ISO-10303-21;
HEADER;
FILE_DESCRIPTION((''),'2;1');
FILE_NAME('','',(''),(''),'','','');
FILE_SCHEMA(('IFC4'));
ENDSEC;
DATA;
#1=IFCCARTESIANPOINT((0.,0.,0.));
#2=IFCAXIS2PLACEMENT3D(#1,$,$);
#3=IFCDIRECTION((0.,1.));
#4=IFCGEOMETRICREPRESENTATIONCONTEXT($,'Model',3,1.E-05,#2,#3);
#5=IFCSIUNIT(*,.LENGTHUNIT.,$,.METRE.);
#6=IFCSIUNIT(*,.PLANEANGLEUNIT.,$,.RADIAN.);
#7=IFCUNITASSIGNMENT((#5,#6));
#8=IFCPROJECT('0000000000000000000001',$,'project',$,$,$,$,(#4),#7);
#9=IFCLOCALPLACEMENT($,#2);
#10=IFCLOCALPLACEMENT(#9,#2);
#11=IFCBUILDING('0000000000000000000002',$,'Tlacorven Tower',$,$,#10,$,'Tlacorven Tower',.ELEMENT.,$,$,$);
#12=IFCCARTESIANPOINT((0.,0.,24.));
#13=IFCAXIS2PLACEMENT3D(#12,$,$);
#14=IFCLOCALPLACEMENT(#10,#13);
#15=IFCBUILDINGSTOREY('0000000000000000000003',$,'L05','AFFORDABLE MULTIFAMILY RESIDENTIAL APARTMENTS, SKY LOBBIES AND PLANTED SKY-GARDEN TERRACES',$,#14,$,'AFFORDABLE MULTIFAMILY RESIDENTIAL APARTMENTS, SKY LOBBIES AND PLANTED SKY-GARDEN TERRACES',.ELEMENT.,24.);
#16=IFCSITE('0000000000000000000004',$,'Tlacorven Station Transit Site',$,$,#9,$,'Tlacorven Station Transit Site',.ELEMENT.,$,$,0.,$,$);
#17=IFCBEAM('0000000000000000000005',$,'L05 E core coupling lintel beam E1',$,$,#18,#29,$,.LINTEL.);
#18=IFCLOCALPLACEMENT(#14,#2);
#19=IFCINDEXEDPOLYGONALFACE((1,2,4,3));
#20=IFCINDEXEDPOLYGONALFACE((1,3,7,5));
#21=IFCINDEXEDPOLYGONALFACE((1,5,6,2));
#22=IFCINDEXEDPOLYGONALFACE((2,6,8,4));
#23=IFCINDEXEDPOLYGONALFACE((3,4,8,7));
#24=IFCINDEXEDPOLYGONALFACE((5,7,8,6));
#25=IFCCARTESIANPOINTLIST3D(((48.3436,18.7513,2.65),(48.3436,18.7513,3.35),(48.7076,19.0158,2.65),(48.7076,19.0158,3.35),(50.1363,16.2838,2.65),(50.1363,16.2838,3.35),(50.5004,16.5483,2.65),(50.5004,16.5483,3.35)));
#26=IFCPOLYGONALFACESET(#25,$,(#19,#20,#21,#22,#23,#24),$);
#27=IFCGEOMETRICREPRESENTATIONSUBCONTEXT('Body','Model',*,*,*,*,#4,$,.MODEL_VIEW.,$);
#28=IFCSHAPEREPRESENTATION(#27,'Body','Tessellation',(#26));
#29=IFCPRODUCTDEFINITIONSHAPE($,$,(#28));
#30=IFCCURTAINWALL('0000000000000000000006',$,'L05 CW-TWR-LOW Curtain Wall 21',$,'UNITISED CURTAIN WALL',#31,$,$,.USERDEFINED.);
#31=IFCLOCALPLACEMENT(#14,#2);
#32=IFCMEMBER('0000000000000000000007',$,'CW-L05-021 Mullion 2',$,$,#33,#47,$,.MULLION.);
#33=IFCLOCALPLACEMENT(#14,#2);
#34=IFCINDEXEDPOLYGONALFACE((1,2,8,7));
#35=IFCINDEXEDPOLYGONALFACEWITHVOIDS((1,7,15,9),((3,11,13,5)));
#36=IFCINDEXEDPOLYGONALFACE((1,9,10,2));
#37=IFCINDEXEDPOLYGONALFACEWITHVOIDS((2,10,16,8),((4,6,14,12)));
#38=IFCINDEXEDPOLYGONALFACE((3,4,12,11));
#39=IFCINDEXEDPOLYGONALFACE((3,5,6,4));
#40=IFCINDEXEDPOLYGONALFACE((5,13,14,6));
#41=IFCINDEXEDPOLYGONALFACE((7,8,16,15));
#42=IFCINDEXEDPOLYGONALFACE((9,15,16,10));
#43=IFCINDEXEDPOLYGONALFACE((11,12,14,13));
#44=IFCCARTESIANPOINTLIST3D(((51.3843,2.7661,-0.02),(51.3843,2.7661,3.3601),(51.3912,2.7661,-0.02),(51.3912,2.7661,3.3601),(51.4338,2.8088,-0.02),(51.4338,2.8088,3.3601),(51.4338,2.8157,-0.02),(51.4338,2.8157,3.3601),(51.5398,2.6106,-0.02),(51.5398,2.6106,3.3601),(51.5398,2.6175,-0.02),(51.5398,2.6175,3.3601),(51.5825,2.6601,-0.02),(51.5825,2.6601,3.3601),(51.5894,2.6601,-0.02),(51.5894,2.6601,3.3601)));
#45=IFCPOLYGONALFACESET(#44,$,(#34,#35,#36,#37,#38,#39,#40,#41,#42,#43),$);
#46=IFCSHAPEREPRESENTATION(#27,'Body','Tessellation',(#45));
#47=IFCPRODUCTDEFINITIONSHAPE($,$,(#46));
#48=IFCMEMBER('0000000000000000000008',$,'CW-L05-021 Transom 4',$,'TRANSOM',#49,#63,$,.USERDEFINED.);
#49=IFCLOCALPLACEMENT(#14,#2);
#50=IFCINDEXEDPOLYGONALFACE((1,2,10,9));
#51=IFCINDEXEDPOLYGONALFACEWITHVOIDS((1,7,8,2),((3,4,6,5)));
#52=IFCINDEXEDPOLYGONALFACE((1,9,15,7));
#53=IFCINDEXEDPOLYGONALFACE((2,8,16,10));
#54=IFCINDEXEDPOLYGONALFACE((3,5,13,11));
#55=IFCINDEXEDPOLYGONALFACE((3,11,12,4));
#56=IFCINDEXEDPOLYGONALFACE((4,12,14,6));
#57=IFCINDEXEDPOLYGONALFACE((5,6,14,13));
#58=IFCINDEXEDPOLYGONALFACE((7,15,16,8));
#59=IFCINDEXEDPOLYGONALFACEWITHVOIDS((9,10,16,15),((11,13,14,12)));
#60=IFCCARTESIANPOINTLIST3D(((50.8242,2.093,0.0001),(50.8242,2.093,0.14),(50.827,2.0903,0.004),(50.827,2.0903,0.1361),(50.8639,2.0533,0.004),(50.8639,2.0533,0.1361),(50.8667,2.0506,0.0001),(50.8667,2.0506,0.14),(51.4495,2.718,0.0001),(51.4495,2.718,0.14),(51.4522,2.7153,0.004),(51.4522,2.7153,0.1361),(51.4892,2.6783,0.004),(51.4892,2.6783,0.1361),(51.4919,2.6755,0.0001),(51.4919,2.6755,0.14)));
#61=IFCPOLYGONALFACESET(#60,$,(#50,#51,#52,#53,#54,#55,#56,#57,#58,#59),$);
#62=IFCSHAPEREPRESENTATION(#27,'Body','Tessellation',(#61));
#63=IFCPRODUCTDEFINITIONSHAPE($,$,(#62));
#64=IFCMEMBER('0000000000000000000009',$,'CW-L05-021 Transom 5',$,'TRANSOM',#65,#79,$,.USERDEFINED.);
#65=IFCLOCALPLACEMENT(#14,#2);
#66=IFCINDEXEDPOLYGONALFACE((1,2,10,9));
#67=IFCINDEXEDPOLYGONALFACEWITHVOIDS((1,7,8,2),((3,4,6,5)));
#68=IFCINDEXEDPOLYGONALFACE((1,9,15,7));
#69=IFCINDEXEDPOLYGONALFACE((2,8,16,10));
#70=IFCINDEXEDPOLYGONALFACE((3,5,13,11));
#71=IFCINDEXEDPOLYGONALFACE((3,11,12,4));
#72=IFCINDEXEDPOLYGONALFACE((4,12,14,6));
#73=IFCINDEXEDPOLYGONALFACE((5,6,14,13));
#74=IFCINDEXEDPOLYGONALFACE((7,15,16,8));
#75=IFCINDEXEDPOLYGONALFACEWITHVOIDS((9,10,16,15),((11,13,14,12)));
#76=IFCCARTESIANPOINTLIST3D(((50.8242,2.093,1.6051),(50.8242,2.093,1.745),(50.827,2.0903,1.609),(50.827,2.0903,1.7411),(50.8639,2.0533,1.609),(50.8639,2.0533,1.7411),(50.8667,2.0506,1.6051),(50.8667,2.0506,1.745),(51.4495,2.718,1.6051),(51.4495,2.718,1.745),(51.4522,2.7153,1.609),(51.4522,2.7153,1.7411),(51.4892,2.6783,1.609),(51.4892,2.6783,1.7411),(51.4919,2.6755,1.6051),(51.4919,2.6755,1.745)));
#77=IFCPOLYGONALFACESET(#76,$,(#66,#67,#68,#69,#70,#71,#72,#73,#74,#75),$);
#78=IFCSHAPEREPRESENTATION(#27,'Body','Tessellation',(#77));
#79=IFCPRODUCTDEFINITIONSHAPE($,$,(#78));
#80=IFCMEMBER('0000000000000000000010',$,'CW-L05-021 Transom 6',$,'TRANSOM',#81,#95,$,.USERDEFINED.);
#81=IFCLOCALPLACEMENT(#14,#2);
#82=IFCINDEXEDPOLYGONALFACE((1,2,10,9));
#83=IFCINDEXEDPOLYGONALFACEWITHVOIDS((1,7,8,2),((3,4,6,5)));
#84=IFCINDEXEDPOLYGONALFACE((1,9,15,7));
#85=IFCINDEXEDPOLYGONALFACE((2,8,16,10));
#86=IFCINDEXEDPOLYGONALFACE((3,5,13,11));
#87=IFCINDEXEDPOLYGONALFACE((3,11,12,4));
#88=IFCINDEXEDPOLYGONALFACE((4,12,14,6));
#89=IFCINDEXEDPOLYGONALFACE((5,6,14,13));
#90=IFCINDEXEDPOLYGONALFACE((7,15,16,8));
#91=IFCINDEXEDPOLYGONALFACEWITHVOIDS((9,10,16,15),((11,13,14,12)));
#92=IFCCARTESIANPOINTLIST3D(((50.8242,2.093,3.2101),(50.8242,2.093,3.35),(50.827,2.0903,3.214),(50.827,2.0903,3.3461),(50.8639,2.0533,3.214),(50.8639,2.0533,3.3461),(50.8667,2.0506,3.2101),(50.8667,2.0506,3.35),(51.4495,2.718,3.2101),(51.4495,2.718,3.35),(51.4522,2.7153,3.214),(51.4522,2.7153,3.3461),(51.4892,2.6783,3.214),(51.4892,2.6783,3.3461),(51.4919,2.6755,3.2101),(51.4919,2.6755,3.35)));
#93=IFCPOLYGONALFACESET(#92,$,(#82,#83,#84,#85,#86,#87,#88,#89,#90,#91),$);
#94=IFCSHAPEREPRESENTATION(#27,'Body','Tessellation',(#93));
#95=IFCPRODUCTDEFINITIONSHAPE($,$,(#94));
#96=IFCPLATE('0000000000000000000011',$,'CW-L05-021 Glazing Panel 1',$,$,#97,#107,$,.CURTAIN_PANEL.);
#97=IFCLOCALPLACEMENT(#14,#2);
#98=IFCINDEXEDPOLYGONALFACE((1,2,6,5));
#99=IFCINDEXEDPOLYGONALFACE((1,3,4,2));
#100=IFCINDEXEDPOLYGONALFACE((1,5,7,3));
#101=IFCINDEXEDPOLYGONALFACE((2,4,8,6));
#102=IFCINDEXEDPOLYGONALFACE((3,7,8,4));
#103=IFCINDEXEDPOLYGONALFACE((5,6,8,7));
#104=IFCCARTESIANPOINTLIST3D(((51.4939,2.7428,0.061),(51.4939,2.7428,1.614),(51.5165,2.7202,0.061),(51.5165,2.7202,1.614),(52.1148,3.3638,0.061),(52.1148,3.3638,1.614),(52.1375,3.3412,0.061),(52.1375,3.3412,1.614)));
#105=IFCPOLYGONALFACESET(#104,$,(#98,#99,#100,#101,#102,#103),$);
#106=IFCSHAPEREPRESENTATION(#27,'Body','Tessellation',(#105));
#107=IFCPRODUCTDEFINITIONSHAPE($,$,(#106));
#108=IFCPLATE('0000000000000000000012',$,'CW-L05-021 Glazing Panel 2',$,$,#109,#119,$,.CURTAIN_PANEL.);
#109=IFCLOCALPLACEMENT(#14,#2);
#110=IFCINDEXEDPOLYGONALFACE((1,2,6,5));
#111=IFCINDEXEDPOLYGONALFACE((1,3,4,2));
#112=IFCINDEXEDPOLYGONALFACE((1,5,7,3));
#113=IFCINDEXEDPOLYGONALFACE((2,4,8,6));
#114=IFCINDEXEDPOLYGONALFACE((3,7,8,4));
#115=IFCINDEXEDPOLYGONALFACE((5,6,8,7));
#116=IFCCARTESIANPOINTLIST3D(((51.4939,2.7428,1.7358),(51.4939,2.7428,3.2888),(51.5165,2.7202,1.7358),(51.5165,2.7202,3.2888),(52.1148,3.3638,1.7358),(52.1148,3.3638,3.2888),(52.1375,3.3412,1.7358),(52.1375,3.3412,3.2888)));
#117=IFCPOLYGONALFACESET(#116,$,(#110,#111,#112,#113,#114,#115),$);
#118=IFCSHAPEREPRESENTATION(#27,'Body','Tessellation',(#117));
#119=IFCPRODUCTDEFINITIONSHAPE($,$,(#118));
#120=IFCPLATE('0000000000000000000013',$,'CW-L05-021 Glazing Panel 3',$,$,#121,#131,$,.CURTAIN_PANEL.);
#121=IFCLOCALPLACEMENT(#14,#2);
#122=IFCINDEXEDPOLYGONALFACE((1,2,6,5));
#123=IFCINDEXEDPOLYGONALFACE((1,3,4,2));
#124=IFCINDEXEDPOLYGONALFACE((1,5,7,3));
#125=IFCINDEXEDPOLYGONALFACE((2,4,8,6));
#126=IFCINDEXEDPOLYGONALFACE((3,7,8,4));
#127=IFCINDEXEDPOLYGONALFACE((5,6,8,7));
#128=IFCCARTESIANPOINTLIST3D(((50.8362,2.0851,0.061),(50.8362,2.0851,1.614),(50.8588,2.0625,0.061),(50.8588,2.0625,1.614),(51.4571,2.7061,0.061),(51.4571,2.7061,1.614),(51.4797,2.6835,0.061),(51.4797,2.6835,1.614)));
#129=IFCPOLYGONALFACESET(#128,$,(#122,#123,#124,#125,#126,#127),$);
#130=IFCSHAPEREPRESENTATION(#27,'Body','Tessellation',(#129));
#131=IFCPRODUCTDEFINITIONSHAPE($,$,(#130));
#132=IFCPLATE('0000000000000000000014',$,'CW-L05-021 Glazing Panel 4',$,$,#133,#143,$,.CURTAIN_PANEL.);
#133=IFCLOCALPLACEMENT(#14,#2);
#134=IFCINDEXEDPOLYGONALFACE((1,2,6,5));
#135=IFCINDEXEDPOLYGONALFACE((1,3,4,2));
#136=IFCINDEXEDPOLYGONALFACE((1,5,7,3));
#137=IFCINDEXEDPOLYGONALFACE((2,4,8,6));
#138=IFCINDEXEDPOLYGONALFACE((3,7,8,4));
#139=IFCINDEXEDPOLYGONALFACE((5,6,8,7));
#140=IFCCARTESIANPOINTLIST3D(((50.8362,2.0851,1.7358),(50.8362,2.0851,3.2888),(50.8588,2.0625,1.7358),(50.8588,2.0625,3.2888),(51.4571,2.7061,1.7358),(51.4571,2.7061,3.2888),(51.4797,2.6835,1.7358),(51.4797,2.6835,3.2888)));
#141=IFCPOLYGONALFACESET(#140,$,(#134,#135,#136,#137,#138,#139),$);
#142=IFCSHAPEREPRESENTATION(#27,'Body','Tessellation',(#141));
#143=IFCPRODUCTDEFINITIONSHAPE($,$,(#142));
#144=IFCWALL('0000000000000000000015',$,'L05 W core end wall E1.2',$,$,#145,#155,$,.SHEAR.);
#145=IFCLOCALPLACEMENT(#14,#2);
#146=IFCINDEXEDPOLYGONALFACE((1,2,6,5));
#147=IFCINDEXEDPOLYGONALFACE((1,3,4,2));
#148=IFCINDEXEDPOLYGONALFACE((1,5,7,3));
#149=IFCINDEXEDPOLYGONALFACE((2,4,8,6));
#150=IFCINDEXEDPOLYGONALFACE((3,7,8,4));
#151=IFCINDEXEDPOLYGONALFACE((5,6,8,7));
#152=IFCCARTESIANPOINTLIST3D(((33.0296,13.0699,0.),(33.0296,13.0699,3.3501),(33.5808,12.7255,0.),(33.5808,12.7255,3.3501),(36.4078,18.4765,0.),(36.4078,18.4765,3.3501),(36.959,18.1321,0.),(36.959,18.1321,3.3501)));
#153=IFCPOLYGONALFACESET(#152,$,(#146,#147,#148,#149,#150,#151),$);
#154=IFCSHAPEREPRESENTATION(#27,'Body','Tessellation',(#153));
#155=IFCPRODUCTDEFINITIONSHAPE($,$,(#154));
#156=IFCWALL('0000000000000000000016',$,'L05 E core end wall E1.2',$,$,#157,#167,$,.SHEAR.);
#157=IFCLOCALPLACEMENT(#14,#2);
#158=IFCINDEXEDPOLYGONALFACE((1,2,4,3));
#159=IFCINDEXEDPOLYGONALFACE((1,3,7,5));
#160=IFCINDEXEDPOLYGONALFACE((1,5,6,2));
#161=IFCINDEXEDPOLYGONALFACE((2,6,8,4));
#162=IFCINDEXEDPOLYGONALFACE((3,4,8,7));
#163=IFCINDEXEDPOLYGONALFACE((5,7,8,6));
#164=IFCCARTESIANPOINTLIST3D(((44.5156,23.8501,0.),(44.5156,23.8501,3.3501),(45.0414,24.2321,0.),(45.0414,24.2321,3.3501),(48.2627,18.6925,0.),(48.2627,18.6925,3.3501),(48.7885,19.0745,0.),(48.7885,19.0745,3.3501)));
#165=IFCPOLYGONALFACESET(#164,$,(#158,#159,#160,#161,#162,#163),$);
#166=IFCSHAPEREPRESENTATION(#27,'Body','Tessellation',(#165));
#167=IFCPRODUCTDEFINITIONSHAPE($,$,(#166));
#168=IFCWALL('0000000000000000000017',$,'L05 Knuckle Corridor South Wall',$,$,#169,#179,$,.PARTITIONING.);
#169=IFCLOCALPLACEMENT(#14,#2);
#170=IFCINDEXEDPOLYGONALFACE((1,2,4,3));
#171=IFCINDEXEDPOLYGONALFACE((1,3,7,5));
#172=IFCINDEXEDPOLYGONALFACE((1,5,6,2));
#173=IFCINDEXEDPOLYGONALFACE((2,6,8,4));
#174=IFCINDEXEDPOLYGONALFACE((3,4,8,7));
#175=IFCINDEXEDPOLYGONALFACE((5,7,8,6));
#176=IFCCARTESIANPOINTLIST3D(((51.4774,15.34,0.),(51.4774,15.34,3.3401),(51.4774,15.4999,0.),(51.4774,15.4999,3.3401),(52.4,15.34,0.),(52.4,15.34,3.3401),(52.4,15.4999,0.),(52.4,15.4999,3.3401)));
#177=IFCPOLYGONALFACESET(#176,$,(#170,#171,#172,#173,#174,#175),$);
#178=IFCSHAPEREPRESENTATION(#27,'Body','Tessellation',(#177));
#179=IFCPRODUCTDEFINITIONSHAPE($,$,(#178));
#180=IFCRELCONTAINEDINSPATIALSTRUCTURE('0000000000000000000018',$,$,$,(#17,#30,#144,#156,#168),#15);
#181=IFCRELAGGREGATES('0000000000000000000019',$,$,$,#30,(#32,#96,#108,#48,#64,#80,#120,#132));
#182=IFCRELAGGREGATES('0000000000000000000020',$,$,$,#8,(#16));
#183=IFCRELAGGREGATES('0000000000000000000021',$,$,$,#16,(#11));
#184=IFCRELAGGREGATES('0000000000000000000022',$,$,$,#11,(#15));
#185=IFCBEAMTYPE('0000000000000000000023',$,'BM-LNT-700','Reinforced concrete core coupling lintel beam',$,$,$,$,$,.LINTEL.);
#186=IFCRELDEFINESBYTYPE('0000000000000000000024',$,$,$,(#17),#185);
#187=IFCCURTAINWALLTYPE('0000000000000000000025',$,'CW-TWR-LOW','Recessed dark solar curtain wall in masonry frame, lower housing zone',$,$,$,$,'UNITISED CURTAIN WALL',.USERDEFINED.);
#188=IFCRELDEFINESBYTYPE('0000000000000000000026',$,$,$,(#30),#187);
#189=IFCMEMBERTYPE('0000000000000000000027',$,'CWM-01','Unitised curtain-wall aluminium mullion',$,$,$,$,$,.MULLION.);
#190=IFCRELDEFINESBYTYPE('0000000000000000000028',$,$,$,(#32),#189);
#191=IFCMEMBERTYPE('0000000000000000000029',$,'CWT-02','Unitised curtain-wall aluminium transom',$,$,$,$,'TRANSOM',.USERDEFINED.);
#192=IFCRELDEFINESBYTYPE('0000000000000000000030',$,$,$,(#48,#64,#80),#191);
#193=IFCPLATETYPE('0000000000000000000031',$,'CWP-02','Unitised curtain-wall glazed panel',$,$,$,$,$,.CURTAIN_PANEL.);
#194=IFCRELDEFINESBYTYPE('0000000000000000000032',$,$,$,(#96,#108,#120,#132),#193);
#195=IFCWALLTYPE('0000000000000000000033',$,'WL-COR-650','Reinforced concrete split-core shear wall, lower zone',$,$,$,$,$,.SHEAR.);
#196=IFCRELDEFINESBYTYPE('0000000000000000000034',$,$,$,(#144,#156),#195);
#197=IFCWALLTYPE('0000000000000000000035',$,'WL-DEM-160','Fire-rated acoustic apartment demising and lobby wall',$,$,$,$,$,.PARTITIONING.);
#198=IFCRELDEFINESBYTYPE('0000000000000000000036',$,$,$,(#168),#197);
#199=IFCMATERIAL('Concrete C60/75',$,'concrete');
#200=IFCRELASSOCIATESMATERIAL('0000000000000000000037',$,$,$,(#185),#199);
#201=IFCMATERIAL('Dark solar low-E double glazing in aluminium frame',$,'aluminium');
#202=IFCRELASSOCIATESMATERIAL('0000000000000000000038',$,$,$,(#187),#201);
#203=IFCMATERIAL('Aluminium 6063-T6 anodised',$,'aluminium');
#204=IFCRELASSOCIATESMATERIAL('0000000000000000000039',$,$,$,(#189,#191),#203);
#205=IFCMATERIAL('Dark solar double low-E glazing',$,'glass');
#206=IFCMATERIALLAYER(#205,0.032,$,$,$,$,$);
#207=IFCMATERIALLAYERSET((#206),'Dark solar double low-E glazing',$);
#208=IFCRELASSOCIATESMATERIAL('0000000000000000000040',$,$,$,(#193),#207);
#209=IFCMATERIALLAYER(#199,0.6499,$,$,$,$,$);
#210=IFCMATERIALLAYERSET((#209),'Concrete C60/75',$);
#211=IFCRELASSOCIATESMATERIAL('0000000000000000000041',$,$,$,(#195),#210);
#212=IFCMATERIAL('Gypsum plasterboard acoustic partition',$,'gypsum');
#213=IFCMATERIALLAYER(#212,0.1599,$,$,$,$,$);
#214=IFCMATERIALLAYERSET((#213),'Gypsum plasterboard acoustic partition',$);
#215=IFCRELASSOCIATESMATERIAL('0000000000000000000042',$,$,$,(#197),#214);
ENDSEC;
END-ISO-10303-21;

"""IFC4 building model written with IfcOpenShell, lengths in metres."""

from ifc_helpers import new_model, si_unit, direction, frame, frame_2d, origin, origin_2d, place, context, subcontext, project, spatial, rectangle, hollow_rectangle, extrude, source, transform, mapped, material, layer, layer_set, material_profile, profile_set, type_object, element, aggregate, save


model = new_model("IFC4")

# Units and contexts
model_context = context("Model", 3, precision=1e-05, world=origin(), true_north=direction((0.0, 1.0)))
body_context = subcontext(model_context, "Body", "Model", "MODEL_VIEW")
ifc_project = project(units=[si_unit("LENGTHUNIT", "METRE"), si_unit("PLANEANGLEUNIT", "RADIAN")], contexts=[model_context])

# Site, building, storey
site_placement = place(None, origin())
site = spatial("IfcSite", under=ifc_project, at=site_placement, Name="Tlacorven Station Transit Site", LongName="Tlacorven Station Transit Site", CompositionType="ELEMENT", RefElevation=0.0)
building_placement = place(site_placement, origin())
building = spatial("IfcBuilding", under=site, at=building_placement, Name="Tlacorven Tower", LongName="Tlacorven Tower", CompositionType="ELEMENT")
storey_placement = place(building_placement, frame((0.0, 0.0, 24.0)))
storey = spatial("IfcBuildingStorey", under=building, at=storey_placement, Name="L05", Description="AFFORDABLE MULTIFAMILY RESIDENTIAL APARTMENTS, SKY LOBBIES AND PLANTED SKY-GARDEN TERRACES", LongName="AFFORDABLE MULTIFAMILY RESIDENTIAL APARTMENTS, SKY LOBBIES AND PLANTED SKY-GARDEN TERRACES", CompositionType="ELEMENT", Elevation=24.0)

# Beam
ifc_material_1 = material(Name="Concrete C60/75", Category="concrete")
ifc_material_profile_1 = material_profile(ifc_material_1, rectangle(XDim=0.45, YDim=0.7, at=origin_2d()), Name="RC 450X700")
ifc_profile_set_1 = profile_set([ifc_material_profile_1], Name="Concrete C60/75")
beam_type = type_object("IfcBeamType", Name="BM-LNT-700", Description="Reinforced concrete core coupling lintel beam", PredefinedType="LINTEL", material=ifc_profile_set_1)
shared_shape_1 = source(origin(), body_context, "Body", "SweptSolid", [
    extrude(rectangle(XDim=0.45, YDim=0.7, at=origin_2d()), origin(), (0.0, 0.0, 1.0), 3.05),
])
beam_placement = place(storey_placement, frame((50.3184, 16.416, 3.0), z_axis=(-0.587777, 0.809023, 0.0), x_axis=(-0.809023, -0.587777, 0.0)))
element("IfcBeam", 1, at=beam_placement, inside=storey, type_object=beam_type, Name="L05 E core coupling lintel beam E1", PredefinedType="LINTEL", context=body_context, shape_type="MappedRepresentation", body=[
    mapped(shared_shape_1, transform((0.0, 0.0, 0.0), scale=1.0)),
])

# Curtain wall, members, plates
ifc_material_2 = material(Name="Dark solar low-E double glazing in aluminium frame", Category="aluminium")
curtain_wall_type = type_object("IfcCurtainWallType", Name="CW-TWR-LOW", Description="Recessed dark solar curtain wall in masonry frame, lower housing zone", ElementType="UNITISED CURTAIN WALL", PredefinedType="USERDEFINED", material=ifc_material_2)
curtain_wall_placement = place(storey_placement, origin())
curtain_wall = element("IfcCurtainWall", 2, at=curtain_wall_placement, inside=storey, type_object=curtain_wall_type, Name="L05 CW-TWR-LOW Curtain Wall 21", ObjectType="UNITISED CURTAIN WALL", PredefinedType="USERDEFINED")
ifc_material_3 = material(Name="Aluminium 6063-T6 anodised", Category="aluminium")
ifc_material_profile_2 = material_profile(ifc_material_3, hollow_rectangle(XDim=0.0701, YDim=0.22, WallThickness=0.0049, at=origin_2d()), Name="ALU MULLION 70X220")
ifc_profile_set_2 = profile_set([ifc_material_profile_2], Name="Aluminium 6063-T6 anodised")
member_type_1 = type_object("IfcMemberType", Name="CWM-01", Description="Unitised curtain-wall aluminium mullion", PredefinedType="MULLION", material=ifc_profile_set_2)
shared_shape_2 = source(origin(), body_context, "Body", "SweptSolid", [
    extrude(hollow_rectangle(XDim=0.0701, YDim=0.22, WallThickness=0.0049, at=origin_2d()), origin(), (0.0, 0.0, 1.0), 3.3801),
])
member_1_placement = place(storey_placement, frame((51.4868, 2.7131, -0.02), z_axis=(0.0, 0.0, 1.0), x_axis=(-0.707107, -0.707107, 0.0)))
member_1 = element("IfcMember", 3, at=member_1_placement, type_object=member_type_1, Name="CW-L05-021 Mullion 2", PredefinedType="MULLION", context=body_context, shape_type="MappedRepresentation", body=[
    mapped(shared_shape_2, transform((0.0, 0.0, 0.0), scale=1.0)),
])
ifc_material_profile_3 = material_profile(ifc_material_3, hollow_rectangle(XDim=0.0601, YDim=0.1399, WallThickness=0.0039, at=origin_2d()), Name="ALU TRANSOM 60X140")
ifc_profile_set_3 = profile_set([ifc_material_profile_3], Name="Aluminium 6063-T6 anodised")
member_type_2 = type_object("IfcMemberType", Name="CWT-02", Description="Unitised curtain-wall aluminium transom", ElementType="TRANSOM", PredefinedType="USERDEFINED", material=ifc_profile_set_3)
shared_shape_3 = source(origin(), body_context, "Body", "SweptSolid", [
    extrude(hollow_rectangle(XDim=0.0601, YDim=0.1399, WallThickness=0.0039, at=origin_2d()), origin(), (0.0, 0.0, 1.0), 0.884),
])
member_2_placement = place(storey_placement, frame((51.4707, 2.6968, 0.0701), z_axis=(-0.707245, -0.706969, 0.0), x_axis=(0.706969, -0.707245, 0.0)))
member_2 = element("IfcMember", 4, at=member_2_placement, type_object=member_type_2, Name="CW-L05-021 Transom 4", ObjectType="TRANSOM", PredefinedType="USERDEFINED", context=body_context, shape_type="MappedRepresentation", body=[
    mapped(shared_shape_3, transform((0.0, 0.0, 0.0), scale=1.0)),
])
member_3_placement = place(storey_placement, frame((51.4707, 2.6968, 1.675), z_axis=(-0.707245, -0.706969, 0.0), x_axis=(0.706969, -0.707245, 0.0)))
member_3 = element("IfcMember", 5, at=member_3_placement, type_object=member_type_2, Name="CW-L05-021 Transom 5", ObjectType="TRANSOM", PredefinedType="USERDEFINED", context=body_context, shape_type="MappedRepresentation", body=[
    mapped(shared_shape_3, transform((0.0, 0.0, 0.0), scale=1.0)),
])
member_4_placement = place(storey_placement, frame((51.4707, 2.6968, 3.28), z_axis=(-0.707245, -0.706969, 0.0), x_axis=(0.706969, -0.707245, 0.0)))
member_4 = element("IfcMember", 6, at=member_4_placement, type_object=member_type_2, Name="CW-L05-021 Transom 6", ObjectType="TRANSOM", PredefinedType="USERDEFINED", context=body_context, shape_type="MappedRepresentation", body=[
    mapped(shared_shape_3, transform((0.0, 0.0, 0.0), scale=1.0)),
])
ifc_material_4 = material(Name="Dark solar double low-E glazing", Category="glass")
ifc_layer_1 = layer(ifc_material_4, 0.032)
ifc_layer_set_1 = layer_set([ifc_layer_1], Name="Dark solar double low-E glazing")
plate_type = type_object("IfcPlateType", Name="CWP-02", Description="Unitised curtain-wall glazed panel", PredefinedType="CURTAIN_PANEL", material=ifc_layer_set_1)
shared_shape_4 = source(origin(), body_context, "Body", "SweptSolid", [
    extrude(rectangle(XDim=0.8782, YDim=0.032, at=origin_2d()), origin(), (0.0, 0.0, 1.0), 1.553),
])
plate_1_placement = place(storey_placement, frame((51.8157, 3.042, 0.061), z_axis=(0.0, 0.0, 1.0), x_axis=(-0.707107, -0.707107, 0.0)))
plate_1 = element("IfcPlate", 7, at=plate_1_placement, type_object=plate_type, Name="CW-L05-021 Glazing Panel 1", PredefinedType="CURTAIN_PANEL", context=body_context, shape_type="MappedRepresentation", body=[
    mapped(shared_shape_4, transform((0.0, 0.0, 0.0), scale=1.0)),
])
plate_2_placement = place(storey_placement, frame((51.8157, 3.042, 1.7358), z_axis=(0.0, 0.0, 1.0), x_axis=(-0.707107, -0.707107, 0.0)))
plate_2 = element("IfcPlate", 8, at=plate_2_placement, type_object=plate_type, Name="CW-L05-021 Glazing Panel 2", PredefinedType="CURTAIN_PANEL", context=body_context, shape_type="MappedRepresentation", body=[
    mapped(shared_shape_4, transform((0.0, 0.0, 0.0), scale=1.0)),
])
plate_3_placement = place(storey_placement, frame((51.158, 2.3843, 0.061), z_axis=(0.0, 0.0, 1.0), x_axis=(-0.707107, -0.707107, 0.0)))
plate_3 = element("IfcPlate", 9, at=plate_3_placement, type_object=plate_type, Name="CW-L05-021 Glazing Panel 3", PredefinedType="CURTAIN_PANEL", context=body_context, shape_type="MappedRepresentation", body=[
    mapped(shared_shape_4, transform((0.0, 0.0, 0.0), scale=1.0)),
])
plate_4_placement = place(storey_placement, frame((51.158, 2.3843, 1.7358), z_axis=(0.0, 0.0, 1.0), x_axis=(-0.707107, -0.707107, 0.0)))
plate_4 = element("IfcPlate", 10, at=plate_4_placement, type_object=plate_type, Name="CW-L05-021 Glazing Panel 4", PredefinedType="CURTAIN_PANEL", context=body_context, shape_type="MappedRepresentation", body=[
    mapped(shared_shape_4, transform((0.0, 0.0, 0.0), scale=1.0)),
])
aggregate(curtain_wall, [member_1, plate_1, plate_2, member_2, member_3, member_4, plate_3, plate_4])

# Walls
ifc_layer_2 = layer(ifc_material_1, 0.6499)
ifc_layer_set_2 = layer_set([ifc_layer_2], Name="Concrete C60/75")
wall_type_1 = type_object("IfcWallType", Name="WL-COR-650", Description="Reinforced concrete split-core shear wall, lower zone", PredefinedType="SHEAR", material=ifc_layer_set_2)
wall_1_placement = place(storey_placement, frame((36.6833, 18.3042, 0.0), z_axis=(0.0, 0.0, 1.0), x_axis=(-0.529899, -0.848061, 0.0)))
element("IfcWall", 11, at=wall_1_placement, inside=storey, type_object=wall_type_1, Name="L05 W core end wall E1.2", PredefinedType="SHEAR", context=body_context, shape_type="SweptSolid", body=[
    extrude(rectangle(XDim=6.3752, YDim=0.6499, at=frame_2d((3.1875, 0.0))), origin(), (0.0, 0.0, 1.0), 3.3501),
])
wall_2_placement = place(storey_placement, frame((48.5256, 18.8835, 0.0), z_axis=(0.0, 0.0, 1.0), x_axis=(-0.58778, 0.809021, 0.0)))
element("IfcWall", 12, at=wall_2_placement, inside=storey, type_object=wall_type_1, Name="L05 E core end wall E1.2", PredefinedType="SHEAR", context=body_context, shape_type="SweptSolid", body=[
    extrude(rectangle(XDim=6.375, YDim=0.6499, at=frame_2d((3.1875, 0.0))), origin(), (0.0, 0.0, 1.0), 3.3501),
])
ifc_material_5 = material(Name="Gypsum plasterboard acoustic partition", Category="gypsum")
ifc_layer_3 = layer(ifc_material_5, 0.1599)
ifc_layer_set_3 = layer_set([ifc_layer_3], Name="Gypsum plasterboard acoustic partition")
wall_type_2 = type_object("IfcWallType", Name="WL-DEM-160", Description="Fire-rated acoustic apartment demising and lobby wall", PredefinedType="PARTITIONING", material=ifc_layer_set_3)
wall_3_placement = place(storey_placement, frame((51.4773, 15.4199, 0.0), z_axis=(0.0, 0.0, 1.0), x_axis=(1.0, 0.0, 0.0)))
element("IfcWall", 13, at=wall_3_placement, inside=storey, type_object=wall_type_2, Name="L05 Knuckle Corridor South Wall", PredefinedType="PARTITIONING", context=body_context, shape_type="SweptSolid", body=[
    extrude(rectangle(XDim=0.9226, YDim=0.1599, at=frame_2d((0.4614, 0.0))), origin(), (0.0, 0.0, 1.0), 3.3401),
])

save(model, "model.ifc")
